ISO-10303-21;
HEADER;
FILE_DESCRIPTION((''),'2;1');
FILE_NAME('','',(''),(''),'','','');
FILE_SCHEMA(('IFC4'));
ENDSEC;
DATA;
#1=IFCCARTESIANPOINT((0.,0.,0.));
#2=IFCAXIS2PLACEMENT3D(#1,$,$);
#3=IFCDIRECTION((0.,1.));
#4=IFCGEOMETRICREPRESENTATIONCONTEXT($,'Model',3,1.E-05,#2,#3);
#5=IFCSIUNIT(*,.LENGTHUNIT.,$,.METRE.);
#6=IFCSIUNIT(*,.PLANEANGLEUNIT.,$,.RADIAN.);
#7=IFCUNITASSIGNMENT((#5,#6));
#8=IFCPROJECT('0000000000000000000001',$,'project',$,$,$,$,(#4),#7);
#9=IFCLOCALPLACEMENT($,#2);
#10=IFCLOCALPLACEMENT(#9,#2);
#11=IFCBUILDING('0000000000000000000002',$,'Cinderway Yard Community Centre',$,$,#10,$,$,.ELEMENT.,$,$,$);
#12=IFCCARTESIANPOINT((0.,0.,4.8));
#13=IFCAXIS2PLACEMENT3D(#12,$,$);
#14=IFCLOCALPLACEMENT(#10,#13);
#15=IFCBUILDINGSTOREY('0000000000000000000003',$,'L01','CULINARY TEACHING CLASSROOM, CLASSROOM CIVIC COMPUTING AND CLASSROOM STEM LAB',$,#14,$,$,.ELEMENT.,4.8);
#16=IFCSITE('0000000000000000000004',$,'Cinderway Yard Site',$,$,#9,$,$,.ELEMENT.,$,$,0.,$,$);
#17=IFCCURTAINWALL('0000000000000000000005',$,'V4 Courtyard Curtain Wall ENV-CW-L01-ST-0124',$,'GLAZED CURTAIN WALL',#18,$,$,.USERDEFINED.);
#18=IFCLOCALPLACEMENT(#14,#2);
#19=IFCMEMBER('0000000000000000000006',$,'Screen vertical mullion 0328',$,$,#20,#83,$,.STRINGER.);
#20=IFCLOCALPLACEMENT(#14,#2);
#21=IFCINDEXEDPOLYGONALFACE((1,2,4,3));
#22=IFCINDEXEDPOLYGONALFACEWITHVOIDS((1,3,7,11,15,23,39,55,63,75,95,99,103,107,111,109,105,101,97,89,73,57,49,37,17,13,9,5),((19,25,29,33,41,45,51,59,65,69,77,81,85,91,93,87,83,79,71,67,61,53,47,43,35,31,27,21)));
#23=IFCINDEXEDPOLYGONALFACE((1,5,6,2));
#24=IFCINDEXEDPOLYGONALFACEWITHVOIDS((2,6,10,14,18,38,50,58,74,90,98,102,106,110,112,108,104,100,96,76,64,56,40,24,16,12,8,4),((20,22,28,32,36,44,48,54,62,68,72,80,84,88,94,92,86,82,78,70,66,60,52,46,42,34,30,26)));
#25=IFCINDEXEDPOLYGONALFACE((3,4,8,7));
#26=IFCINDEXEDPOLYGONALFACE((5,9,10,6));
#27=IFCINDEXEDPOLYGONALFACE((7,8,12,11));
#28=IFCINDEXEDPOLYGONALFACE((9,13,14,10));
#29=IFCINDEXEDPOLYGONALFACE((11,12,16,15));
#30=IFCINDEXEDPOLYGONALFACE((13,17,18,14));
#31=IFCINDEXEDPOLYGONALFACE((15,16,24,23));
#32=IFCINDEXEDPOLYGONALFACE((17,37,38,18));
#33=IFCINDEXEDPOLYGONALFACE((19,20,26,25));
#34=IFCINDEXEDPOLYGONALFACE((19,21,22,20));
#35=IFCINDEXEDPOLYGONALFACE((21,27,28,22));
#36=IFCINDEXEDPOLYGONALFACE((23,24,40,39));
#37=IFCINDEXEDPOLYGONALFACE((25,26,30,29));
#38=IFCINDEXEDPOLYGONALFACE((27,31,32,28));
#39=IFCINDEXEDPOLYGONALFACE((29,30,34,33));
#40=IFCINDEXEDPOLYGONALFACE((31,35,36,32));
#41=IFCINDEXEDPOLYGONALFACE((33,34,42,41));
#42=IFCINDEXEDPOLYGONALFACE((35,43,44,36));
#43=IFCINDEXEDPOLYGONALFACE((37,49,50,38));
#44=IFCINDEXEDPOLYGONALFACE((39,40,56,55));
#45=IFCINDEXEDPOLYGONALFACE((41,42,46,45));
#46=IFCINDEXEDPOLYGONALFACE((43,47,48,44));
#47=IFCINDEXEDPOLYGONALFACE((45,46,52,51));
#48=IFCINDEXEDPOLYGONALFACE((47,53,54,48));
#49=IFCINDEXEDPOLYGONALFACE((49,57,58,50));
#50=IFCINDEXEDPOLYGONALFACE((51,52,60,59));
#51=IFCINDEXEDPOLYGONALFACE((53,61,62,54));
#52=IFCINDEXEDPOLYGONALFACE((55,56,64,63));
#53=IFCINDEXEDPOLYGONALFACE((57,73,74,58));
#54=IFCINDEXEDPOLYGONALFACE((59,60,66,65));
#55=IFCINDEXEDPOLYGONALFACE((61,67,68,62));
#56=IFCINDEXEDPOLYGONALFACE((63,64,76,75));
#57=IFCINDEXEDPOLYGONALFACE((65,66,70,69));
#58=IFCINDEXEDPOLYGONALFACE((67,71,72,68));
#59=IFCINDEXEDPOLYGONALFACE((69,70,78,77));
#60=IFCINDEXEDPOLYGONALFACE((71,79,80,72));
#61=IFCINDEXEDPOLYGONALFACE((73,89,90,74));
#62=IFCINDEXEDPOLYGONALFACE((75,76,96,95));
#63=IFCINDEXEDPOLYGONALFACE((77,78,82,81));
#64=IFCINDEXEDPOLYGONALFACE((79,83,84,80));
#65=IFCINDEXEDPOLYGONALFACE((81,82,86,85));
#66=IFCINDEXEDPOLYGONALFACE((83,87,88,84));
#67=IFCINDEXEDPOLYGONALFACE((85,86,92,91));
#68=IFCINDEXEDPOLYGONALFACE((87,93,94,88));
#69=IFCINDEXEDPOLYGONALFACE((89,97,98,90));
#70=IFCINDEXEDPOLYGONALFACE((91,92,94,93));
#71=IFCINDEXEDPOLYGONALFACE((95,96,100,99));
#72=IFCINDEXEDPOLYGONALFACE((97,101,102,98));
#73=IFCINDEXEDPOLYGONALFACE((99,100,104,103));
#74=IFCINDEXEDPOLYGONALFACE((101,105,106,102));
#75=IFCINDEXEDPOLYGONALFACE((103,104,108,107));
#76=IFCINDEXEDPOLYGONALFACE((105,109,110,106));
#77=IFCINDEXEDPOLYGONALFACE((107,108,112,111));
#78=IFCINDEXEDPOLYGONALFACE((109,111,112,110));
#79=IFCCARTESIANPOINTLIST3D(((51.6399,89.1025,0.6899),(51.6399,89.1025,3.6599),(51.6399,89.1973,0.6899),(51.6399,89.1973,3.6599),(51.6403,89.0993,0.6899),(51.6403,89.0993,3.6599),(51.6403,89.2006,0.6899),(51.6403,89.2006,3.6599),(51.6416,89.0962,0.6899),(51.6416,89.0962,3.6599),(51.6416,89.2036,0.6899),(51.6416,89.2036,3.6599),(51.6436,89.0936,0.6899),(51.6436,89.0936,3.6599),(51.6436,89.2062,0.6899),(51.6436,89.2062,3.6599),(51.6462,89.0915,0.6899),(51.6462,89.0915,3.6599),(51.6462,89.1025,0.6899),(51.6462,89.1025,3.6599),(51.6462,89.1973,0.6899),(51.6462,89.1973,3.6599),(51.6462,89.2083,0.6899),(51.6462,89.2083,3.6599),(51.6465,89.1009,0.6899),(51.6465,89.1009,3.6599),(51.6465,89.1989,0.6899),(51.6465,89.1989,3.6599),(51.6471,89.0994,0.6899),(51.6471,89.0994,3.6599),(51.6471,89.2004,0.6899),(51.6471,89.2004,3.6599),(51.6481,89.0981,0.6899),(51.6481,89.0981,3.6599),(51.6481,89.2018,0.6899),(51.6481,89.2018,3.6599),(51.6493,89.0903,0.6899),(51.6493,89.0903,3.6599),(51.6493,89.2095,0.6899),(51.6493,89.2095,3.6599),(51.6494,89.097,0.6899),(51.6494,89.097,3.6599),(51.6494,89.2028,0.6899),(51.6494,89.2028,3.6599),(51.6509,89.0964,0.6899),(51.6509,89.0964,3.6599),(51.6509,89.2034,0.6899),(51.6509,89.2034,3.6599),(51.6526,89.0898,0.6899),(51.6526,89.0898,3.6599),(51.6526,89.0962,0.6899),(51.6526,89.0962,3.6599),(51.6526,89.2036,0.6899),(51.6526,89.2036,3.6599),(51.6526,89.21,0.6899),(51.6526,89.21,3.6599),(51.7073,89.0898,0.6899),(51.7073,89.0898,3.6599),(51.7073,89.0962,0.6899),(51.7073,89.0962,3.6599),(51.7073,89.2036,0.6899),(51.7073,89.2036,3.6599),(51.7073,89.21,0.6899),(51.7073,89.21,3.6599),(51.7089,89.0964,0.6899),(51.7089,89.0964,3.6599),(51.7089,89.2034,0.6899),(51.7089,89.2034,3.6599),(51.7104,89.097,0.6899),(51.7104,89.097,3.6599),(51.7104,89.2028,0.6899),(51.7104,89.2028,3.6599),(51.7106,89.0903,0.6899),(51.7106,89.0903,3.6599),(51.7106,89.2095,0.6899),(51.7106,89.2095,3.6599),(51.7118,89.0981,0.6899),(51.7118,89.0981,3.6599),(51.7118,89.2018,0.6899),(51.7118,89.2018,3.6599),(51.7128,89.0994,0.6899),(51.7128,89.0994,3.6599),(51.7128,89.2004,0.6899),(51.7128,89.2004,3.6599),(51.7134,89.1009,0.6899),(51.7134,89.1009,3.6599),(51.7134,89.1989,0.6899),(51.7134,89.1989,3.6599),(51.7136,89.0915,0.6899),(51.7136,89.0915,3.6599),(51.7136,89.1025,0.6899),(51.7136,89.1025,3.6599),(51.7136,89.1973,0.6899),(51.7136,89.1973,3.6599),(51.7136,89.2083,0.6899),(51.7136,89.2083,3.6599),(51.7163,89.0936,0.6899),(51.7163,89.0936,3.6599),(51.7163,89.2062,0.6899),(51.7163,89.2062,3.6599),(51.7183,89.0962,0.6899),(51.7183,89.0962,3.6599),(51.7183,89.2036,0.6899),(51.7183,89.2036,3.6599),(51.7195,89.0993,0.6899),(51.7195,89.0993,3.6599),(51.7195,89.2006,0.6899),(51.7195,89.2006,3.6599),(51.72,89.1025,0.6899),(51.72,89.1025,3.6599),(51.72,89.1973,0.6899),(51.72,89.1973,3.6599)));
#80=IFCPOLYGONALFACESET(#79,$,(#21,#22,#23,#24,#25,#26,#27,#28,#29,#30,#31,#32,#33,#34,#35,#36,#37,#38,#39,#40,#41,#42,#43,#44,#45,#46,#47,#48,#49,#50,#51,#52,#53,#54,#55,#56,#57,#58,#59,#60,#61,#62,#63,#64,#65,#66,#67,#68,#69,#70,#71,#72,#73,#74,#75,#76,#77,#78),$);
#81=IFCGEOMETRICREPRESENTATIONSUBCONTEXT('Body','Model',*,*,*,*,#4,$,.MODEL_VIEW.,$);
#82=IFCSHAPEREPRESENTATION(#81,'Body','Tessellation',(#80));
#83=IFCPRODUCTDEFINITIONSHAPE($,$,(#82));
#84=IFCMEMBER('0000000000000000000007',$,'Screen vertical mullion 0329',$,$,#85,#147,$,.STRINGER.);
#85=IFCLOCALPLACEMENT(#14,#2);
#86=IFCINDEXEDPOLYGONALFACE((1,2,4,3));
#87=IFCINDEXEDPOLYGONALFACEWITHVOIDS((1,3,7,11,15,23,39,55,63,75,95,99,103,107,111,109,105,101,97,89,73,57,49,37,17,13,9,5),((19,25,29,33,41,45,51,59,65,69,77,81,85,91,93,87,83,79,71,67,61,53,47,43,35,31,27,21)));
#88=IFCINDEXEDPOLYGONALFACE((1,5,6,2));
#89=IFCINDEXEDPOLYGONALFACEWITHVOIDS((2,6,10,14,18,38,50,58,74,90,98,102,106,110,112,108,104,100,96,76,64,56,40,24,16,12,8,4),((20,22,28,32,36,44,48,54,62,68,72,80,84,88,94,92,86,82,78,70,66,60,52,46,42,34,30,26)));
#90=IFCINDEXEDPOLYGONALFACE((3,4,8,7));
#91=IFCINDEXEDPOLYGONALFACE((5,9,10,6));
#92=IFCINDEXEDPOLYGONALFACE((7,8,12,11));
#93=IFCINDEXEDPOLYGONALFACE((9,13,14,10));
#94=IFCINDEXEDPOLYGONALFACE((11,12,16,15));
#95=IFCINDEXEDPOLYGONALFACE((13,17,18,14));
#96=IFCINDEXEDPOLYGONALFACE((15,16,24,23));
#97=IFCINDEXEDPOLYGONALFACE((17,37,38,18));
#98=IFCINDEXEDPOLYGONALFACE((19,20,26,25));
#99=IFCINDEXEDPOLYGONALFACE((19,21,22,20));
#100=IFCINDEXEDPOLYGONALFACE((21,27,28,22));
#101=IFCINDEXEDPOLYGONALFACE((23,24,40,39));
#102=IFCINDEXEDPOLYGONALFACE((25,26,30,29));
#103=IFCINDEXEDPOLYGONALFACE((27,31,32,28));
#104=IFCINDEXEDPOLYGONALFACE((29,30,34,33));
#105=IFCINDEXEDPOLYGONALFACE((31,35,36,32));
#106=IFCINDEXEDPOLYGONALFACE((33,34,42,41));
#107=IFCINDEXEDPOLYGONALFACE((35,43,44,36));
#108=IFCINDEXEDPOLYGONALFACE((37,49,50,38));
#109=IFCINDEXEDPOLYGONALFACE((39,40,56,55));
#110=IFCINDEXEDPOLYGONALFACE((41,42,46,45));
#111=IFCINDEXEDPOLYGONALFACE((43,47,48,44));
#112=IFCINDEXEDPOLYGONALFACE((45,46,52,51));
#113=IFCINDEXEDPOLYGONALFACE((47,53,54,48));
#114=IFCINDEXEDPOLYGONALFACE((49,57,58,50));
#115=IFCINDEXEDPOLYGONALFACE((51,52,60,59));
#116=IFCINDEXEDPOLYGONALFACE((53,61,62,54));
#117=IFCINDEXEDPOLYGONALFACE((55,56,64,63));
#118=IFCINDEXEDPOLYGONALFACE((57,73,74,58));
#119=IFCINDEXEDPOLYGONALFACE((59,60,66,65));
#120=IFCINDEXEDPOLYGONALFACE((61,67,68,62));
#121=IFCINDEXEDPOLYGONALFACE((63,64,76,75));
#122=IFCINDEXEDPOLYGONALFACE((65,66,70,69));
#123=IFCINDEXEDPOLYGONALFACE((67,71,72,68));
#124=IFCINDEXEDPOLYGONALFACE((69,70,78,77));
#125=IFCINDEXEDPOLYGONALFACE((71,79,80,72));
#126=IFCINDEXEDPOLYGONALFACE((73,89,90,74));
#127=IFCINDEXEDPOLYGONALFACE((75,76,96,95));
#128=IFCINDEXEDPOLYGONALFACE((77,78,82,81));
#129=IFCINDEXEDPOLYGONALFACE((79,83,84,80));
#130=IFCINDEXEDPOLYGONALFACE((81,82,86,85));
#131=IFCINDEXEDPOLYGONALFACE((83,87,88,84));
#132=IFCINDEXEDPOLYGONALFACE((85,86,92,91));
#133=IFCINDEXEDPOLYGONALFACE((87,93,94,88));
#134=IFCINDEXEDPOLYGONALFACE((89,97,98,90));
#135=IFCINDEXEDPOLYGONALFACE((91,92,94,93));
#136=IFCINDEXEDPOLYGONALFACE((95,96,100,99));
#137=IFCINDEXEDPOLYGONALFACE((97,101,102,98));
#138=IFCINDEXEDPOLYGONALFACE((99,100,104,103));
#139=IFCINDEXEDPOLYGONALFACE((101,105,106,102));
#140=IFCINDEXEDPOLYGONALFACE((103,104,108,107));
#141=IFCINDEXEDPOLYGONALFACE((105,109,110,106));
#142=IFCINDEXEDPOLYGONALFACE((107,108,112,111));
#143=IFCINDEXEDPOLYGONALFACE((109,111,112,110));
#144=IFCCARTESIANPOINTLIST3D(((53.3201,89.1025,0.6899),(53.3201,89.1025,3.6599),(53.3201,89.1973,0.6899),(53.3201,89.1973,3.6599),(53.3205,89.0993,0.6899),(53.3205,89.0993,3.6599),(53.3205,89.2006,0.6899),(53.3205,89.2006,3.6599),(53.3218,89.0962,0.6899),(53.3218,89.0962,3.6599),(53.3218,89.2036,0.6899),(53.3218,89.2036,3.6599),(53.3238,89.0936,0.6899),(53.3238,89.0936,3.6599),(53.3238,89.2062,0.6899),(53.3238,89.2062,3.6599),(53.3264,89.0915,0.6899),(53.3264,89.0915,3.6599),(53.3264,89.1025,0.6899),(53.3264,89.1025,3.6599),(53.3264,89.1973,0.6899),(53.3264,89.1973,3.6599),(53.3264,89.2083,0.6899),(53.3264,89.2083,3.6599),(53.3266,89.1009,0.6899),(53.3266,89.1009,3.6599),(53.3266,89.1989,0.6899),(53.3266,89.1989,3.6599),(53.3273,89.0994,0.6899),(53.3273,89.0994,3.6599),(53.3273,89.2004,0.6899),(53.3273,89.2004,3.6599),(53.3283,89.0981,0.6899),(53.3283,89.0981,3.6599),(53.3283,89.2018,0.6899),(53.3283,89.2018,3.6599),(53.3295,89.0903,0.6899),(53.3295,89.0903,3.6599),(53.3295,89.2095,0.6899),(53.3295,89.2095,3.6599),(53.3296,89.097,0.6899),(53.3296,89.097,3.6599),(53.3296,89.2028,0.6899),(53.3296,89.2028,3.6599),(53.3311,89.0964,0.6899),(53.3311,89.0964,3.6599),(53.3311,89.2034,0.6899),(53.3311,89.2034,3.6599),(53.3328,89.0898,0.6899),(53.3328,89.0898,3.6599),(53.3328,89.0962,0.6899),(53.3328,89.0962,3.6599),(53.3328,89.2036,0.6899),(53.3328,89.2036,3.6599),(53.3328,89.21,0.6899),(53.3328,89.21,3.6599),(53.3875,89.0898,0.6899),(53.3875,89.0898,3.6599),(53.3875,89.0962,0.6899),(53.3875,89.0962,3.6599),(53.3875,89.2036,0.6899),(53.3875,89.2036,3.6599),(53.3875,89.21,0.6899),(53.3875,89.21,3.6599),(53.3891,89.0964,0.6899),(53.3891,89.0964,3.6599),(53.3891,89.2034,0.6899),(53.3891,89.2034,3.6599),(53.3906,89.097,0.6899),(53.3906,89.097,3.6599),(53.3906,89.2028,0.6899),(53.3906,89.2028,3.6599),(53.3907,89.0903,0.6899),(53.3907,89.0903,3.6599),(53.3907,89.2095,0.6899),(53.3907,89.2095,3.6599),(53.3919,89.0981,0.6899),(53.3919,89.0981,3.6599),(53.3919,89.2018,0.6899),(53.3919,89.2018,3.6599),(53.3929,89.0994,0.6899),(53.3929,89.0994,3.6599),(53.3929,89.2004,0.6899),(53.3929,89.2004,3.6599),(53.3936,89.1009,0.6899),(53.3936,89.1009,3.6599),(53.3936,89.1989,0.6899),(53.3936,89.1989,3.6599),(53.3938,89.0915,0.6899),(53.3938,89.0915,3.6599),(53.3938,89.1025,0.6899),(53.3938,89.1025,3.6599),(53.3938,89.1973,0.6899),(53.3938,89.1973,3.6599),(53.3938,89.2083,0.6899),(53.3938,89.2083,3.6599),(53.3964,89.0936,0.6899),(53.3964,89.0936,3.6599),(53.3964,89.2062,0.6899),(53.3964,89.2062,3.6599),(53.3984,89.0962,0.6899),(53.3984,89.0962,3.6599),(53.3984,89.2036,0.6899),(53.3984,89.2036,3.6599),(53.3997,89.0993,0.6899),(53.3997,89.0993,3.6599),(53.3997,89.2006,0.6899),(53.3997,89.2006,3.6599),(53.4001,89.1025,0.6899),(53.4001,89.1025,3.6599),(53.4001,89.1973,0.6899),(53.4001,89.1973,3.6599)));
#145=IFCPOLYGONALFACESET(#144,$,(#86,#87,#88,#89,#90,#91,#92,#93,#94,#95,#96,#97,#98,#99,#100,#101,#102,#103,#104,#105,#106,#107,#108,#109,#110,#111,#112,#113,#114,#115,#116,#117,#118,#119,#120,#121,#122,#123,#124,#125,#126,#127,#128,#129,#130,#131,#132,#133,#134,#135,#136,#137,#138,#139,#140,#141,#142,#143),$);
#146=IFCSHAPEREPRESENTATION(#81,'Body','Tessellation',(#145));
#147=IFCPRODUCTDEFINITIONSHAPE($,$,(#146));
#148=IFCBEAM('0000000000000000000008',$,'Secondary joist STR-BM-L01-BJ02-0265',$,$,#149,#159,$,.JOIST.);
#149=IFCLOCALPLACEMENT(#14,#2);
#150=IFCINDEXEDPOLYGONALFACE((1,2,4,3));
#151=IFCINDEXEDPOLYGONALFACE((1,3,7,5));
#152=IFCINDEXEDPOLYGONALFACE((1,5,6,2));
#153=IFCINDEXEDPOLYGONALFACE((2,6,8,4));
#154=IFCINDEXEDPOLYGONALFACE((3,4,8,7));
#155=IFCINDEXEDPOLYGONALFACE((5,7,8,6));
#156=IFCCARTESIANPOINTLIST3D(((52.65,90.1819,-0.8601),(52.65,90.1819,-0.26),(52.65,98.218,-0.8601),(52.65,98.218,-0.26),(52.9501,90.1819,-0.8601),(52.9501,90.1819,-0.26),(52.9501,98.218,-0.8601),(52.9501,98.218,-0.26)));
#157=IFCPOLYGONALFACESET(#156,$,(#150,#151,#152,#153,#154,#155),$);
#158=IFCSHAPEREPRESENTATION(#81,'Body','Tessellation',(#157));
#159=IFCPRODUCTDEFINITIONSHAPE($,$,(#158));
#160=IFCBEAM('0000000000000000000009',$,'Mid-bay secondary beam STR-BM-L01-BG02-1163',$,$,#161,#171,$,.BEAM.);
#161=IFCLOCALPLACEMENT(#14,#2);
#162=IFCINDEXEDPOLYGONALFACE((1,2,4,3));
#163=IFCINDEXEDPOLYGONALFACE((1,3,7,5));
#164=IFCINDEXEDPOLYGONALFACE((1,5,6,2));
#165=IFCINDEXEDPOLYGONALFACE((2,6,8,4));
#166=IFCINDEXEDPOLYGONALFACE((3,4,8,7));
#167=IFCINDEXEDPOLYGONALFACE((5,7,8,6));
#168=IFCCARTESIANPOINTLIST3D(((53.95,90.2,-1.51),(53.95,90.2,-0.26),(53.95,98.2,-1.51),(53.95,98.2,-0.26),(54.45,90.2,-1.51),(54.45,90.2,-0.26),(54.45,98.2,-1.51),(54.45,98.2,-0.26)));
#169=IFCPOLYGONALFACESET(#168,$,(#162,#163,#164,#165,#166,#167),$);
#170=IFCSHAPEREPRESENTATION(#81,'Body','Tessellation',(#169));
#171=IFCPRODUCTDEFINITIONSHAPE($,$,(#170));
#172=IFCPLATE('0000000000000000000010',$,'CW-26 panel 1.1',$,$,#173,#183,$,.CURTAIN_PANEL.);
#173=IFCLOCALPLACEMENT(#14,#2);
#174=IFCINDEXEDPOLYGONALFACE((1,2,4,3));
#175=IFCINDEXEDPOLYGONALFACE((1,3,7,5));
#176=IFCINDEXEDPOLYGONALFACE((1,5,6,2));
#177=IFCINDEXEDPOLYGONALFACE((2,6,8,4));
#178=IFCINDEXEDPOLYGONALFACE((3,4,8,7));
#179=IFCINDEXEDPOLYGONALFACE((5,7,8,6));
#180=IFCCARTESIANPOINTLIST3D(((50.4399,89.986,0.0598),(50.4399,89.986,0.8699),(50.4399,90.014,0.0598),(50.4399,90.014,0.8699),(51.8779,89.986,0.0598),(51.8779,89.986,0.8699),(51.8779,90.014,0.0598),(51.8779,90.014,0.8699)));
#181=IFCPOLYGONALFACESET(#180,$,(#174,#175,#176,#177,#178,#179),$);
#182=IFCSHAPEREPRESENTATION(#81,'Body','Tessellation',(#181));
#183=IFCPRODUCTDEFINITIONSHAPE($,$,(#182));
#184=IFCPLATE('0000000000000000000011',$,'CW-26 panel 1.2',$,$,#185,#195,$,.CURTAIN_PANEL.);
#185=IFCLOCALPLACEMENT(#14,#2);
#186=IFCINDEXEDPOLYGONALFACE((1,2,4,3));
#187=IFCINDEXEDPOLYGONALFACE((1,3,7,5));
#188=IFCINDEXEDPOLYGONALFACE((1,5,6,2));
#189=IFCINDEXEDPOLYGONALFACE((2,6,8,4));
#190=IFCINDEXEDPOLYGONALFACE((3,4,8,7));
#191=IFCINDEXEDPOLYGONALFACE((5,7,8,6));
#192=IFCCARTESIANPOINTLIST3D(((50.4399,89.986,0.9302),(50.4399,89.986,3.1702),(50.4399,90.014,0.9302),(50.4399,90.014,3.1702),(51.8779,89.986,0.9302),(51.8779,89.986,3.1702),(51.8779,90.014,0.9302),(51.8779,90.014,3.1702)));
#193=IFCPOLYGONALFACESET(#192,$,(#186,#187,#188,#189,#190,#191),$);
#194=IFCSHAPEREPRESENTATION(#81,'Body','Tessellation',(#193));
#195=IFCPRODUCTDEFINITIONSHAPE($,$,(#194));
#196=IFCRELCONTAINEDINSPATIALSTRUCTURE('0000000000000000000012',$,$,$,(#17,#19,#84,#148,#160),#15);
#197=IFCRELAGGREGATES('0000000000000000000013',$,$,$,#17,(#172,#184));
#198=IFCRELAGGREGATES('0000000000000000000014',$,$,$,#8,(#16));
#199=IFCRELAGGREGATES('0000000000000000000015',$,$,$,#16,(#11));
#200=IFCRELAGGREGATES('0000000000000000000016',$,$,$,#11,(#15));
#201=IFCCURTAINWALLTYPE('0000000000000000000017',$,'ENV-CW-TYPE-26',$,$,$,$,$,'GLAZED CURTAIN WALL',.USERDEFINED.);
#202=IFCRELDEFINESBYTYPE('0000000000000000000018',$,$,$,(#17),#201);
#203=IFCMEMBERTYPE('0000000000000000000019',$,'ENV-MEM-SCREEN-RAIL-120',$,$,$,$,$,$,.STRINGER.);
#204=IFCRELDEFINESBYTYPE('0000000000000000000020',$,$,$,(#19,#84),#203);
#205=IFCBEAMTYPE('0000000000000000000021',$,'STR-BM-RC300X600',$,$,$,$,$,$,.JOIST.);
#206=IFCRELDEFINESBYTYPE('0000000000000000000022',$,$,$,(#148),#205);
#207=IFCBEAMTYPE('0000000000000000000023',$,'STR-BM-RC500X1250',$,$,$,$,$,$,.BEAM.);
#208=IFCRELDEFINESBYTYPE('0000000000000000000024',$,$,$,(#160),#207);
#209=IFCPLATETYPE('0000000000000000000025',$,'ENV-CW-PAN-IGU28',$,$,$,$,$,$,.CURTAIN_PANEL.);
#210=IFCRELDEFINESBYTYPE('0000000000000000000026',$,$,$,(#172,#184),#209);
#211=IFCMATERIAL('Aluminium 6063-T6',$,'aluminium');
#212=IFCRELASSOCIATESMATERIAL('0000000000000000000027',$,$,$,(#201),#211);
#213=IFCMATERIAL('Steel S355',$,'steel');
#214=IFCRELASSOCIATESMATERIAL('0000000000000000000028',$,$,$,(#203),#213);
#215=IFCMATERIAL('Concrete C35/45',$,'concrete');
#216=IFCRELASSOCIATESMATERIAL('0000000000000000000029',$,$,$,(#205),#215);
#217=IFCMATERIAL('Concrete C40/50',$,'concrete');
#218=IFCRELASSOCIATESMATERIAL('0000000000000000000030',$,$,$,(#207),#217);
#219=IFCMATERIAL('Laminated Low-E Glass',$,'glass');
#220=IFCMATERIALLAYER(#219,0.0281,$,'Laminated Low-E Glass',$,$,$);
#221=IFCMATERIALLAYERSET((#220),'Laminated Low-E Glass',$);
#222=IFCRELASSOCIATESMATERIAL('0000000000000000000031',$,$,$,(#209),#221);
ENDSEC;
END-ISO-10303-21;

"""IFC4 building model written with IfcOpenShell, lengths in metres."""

from ifc_helpers import new_model, si_unit, direction, frame, origin, origin_2d, place, context, subcontext, project, spatial, rectangle, hollow_rectangle, extrude, material, layer, layer_set, material_profile, profile_set, type_object, element, aggregate, save


model = new_model("IFC4")

# Units and contexts
model_context = context("Model", 3, precision=1e-05, world=origin(), true_north=direction((0.0, 1.0)))
body_context = subcontext(model_context, "Body", "Model", "MODEL_VIEW")
ifc_project = project(units=[si_unit("LENGTHUNIT", "METRE"), si_unit("PLANEANGLEUNIT", "RADIAN")], contexts=[model_context])

# Site, building, storey
site_placement = place(None, origin())
site = spatial("IfcSite", under=ifc_project, at=site_placement, Name="Cinderway Yard Site", CompositionType="ELEMENT", RefElevation=0.0)
building_placement = place(site_placement, origin())
building = spatial("IfcBuilding", under=site, at=building_placement, Name="Cinderway Yard Community Centre", CompositionType="ELEMENT")
storey_placement = place(building_placement, frame((0.0, 0.0, 4.8)))
storey = spatial("IfcBuildingStorey", under=building, at=storey_placement, Name="L01", Description="CULINARY TEACHING CLASSROOM, CLASSROOM CIVIC COMPUTING AND CLASSROOM STEM LAB", CompositionType="ELEMENT", Elevation=4.8)

# Curtain wall
ifc_material_1 = material(Name="Aluminium 6063-T6", Category="aluminium")
curtain_wall_type = type_object("IfcCurtainWallType", Name="ENV-CW-TYPE-26", ElementType="GLAZED CURTAIN WALL", PredefinedType="USERDEFINED", material=ifc_material_1)
curtain_wall_placement = place(storey_placement, origin())
curtain_wall = element("IfcCurtainWall", 1, at=curtain_wall_placement, inside=storey, type_object=curtain_wall_type, Name="V4 Courtyard Curtain Wall ENV-CW-L01-ST-0124", ObjectType="GLAZED CURTAIN WALL", PredefinedType="USERDEFINED")

# Members
ifc_material_2 = material(Name="Steel S355", Category="steel")
ifc_material_profile_1 = material_profile(ifc_material_2, hollow_rectangle(XDim=0.0801, YDim=0.1201, WallThickness=0.0063, InnerFilletRadius=0.0063, OuterFilletRadius=0.0127, at=origin_2d()), Name="Steel S355")
ifc_profile_set_1 = profile_set([ifc_material_profile_1], Name="Steel S355")
member_type_1 = type_object("IfcMemberType", Name="ENV-MEM-SCREEN-RAIL-120", PredefinedType="STRINGER", material=ifc_profile_set_1)
for number, where, z_axis, x_axis, name in (
    (2, (51.6799, 89.1499, 0.6899), (0.0, 0.0, 1.0), (1.0, 0.0, 0.0), "Screen vertical mullion 0328"),
    (3, (53.3601, 89.1499, 0.6899), (0.0, 0.0, 1.0), (1.0, 0.0, 0.0), "Screen vertical mullion 0329"),
):
    element("IfcMember", number, at=place(storey_placement, frame(where, z_axis=z_axis, x_axis=x_axis)), inside=storey, type_object=member_type_1, Name=name, PredefinedType="STRINGER", context=body_context, shape_type="SweptSolid", body=[
        extrude(hollow_rectangle(XDim=0.0801, YDim=0.1201, WallThickness=0.0063, InnerFilletRadius=0.0063, OuterFilletRadius=0.0127, at=origin_2d()), origin(), (0.0, 0.0, 1.0), 2.97),
    ])

# Beams
ifc_material_3 = material(Name="Concrete C35/45", Category="concrete")
ifc_material_profile_2 = material_profile(ifc_material_3, rectangle(XDim=0.3, YDim=0.6001, at=origin_2d()), Name="Concrete C35/45")
ifc_profile_set_2 = profile_set([ifc_material_profile_2], Name="Concrete C35/45")
beam_type_1 = type_object("IfcBeamType", Name="STR-BM-RC300X600", PredefinedType="JOIST", material=ifc_profile_set_2)
beam_1_placement = place(storey_placement, frame((52.8, 90.1819, -0.5601), z_axis=(0.0, 1.0, 0.0), x_axis=(-1.0, 0.0, 0.0)))
element("IfcBeam", 4, at=beam_1_placement, inside=storey, type_object=beam_type_1, Name="Secondary joist STR-BM-L01-BJ02-0265", PredefinedType="JOIST", context=body_context, shape_type="SweptSolid", body=[
    extrude(rectangle(XDim=0.3, YDim=0.6001, at=origin_2d()), origin(), (0.0, 0.0, 1.0), 8.0361),
])
ifc_material_4 = material(Name="Concrete C40/50", Category="concrete")
ifc_material_profile_3 = material_profile(ifc_material_4, rectangle(XDim=0.5, YDim=1.25, at=origin_2d()), Name="Concrete C40/50")
ifc_profile_set_3 = profile_set([ifc_material_profile_3], Name="Concrete C40/50")
beam_type_2 = type_object("IfcBeamType", Name="STR-BM-RC500X1250", PredefinedType="BEAM", material=ifc_profile_set_3)
beam_2_placement = place(storey_placement, frame((54.2, 90.2, -0.885), z_axis=(0.0, 1.0, 0.0), x_axis=(-1.0, 0.0, 0.0)))
element("IfcBeam", 5, at=beam_2_placement, inside=storey, type_object=beam_type_2, Name="Mid-bay secondary beam STR-BM-L01-BG02-1163", PredefinedType="BEAM", context=body_context, shape_type="SweptSolid", body=[
    extrude(rectangle(XDim=0.5, YDim=1.25, at=origin_2d()), origin(), (0.0, 0.0, 1.0), 8.0),
])

# Plates
ifc_material_5 = material(Name="Laminated Low-E Glass", Category="glass")
ifc_layer_1 = layer(ifc_material_5, 0.0281, Name="Laminated Low-E Glass")
ifc_layer_set_1 = layer_set([ifc_layer_1], Name="Laminated Low-E Glass")
plate_type_1 = type_object("IfcPlateType", Name="ENV-CW-PAN-IGU28", PredefinedType="CURTAIN_PANEL", material=ifc_layer_set_1)
plate_1_placement = place(storey_placement, frame((51.1589, 90.0, 0.0598), z_axis=(0.0, 0.0, 1.0), x_axis=(1.0, 0.0, 0.0)))
plate_1 = element("IfcPlate", 6, at=plate_1_placement, type_object=plate_type_1, Name="CW-26 panel 1.1", PredefinedType="CURTAIN_PANEL", context=body_context, shape_type="SweptSolid", body=[
    extrude(rectangle(XDim=1.438, YDim=0.0281, at=origin_2d()), origin(), (0.0, 0.0, 1.0), 0.8101),
])
plate_2_placement = place(storey_placement, frame((51.1589, 90.0, 0.9302), z_axis=(0.0, 0.0, 1.0), x_axis=(1.0, 0.0, 0.0)))
plate_2 = element("IfcPlate", 7, at=plate_2_placement, type_object=plate_type_1, Name="CW-26 panel 1.2", PredefinedType="CURTAIN_PANEL", context=body_context, shape_type="SweptSolid", body=[
    extrude(rectangle(XDim=1.438, YDim=0.0281, at=origin_2d()), origin(), (0.0, 0.0, 1.0), 2.24),
])
aggregate(curtain_wall, [plate_1, plate_2])

save(model, "model.ifc")
